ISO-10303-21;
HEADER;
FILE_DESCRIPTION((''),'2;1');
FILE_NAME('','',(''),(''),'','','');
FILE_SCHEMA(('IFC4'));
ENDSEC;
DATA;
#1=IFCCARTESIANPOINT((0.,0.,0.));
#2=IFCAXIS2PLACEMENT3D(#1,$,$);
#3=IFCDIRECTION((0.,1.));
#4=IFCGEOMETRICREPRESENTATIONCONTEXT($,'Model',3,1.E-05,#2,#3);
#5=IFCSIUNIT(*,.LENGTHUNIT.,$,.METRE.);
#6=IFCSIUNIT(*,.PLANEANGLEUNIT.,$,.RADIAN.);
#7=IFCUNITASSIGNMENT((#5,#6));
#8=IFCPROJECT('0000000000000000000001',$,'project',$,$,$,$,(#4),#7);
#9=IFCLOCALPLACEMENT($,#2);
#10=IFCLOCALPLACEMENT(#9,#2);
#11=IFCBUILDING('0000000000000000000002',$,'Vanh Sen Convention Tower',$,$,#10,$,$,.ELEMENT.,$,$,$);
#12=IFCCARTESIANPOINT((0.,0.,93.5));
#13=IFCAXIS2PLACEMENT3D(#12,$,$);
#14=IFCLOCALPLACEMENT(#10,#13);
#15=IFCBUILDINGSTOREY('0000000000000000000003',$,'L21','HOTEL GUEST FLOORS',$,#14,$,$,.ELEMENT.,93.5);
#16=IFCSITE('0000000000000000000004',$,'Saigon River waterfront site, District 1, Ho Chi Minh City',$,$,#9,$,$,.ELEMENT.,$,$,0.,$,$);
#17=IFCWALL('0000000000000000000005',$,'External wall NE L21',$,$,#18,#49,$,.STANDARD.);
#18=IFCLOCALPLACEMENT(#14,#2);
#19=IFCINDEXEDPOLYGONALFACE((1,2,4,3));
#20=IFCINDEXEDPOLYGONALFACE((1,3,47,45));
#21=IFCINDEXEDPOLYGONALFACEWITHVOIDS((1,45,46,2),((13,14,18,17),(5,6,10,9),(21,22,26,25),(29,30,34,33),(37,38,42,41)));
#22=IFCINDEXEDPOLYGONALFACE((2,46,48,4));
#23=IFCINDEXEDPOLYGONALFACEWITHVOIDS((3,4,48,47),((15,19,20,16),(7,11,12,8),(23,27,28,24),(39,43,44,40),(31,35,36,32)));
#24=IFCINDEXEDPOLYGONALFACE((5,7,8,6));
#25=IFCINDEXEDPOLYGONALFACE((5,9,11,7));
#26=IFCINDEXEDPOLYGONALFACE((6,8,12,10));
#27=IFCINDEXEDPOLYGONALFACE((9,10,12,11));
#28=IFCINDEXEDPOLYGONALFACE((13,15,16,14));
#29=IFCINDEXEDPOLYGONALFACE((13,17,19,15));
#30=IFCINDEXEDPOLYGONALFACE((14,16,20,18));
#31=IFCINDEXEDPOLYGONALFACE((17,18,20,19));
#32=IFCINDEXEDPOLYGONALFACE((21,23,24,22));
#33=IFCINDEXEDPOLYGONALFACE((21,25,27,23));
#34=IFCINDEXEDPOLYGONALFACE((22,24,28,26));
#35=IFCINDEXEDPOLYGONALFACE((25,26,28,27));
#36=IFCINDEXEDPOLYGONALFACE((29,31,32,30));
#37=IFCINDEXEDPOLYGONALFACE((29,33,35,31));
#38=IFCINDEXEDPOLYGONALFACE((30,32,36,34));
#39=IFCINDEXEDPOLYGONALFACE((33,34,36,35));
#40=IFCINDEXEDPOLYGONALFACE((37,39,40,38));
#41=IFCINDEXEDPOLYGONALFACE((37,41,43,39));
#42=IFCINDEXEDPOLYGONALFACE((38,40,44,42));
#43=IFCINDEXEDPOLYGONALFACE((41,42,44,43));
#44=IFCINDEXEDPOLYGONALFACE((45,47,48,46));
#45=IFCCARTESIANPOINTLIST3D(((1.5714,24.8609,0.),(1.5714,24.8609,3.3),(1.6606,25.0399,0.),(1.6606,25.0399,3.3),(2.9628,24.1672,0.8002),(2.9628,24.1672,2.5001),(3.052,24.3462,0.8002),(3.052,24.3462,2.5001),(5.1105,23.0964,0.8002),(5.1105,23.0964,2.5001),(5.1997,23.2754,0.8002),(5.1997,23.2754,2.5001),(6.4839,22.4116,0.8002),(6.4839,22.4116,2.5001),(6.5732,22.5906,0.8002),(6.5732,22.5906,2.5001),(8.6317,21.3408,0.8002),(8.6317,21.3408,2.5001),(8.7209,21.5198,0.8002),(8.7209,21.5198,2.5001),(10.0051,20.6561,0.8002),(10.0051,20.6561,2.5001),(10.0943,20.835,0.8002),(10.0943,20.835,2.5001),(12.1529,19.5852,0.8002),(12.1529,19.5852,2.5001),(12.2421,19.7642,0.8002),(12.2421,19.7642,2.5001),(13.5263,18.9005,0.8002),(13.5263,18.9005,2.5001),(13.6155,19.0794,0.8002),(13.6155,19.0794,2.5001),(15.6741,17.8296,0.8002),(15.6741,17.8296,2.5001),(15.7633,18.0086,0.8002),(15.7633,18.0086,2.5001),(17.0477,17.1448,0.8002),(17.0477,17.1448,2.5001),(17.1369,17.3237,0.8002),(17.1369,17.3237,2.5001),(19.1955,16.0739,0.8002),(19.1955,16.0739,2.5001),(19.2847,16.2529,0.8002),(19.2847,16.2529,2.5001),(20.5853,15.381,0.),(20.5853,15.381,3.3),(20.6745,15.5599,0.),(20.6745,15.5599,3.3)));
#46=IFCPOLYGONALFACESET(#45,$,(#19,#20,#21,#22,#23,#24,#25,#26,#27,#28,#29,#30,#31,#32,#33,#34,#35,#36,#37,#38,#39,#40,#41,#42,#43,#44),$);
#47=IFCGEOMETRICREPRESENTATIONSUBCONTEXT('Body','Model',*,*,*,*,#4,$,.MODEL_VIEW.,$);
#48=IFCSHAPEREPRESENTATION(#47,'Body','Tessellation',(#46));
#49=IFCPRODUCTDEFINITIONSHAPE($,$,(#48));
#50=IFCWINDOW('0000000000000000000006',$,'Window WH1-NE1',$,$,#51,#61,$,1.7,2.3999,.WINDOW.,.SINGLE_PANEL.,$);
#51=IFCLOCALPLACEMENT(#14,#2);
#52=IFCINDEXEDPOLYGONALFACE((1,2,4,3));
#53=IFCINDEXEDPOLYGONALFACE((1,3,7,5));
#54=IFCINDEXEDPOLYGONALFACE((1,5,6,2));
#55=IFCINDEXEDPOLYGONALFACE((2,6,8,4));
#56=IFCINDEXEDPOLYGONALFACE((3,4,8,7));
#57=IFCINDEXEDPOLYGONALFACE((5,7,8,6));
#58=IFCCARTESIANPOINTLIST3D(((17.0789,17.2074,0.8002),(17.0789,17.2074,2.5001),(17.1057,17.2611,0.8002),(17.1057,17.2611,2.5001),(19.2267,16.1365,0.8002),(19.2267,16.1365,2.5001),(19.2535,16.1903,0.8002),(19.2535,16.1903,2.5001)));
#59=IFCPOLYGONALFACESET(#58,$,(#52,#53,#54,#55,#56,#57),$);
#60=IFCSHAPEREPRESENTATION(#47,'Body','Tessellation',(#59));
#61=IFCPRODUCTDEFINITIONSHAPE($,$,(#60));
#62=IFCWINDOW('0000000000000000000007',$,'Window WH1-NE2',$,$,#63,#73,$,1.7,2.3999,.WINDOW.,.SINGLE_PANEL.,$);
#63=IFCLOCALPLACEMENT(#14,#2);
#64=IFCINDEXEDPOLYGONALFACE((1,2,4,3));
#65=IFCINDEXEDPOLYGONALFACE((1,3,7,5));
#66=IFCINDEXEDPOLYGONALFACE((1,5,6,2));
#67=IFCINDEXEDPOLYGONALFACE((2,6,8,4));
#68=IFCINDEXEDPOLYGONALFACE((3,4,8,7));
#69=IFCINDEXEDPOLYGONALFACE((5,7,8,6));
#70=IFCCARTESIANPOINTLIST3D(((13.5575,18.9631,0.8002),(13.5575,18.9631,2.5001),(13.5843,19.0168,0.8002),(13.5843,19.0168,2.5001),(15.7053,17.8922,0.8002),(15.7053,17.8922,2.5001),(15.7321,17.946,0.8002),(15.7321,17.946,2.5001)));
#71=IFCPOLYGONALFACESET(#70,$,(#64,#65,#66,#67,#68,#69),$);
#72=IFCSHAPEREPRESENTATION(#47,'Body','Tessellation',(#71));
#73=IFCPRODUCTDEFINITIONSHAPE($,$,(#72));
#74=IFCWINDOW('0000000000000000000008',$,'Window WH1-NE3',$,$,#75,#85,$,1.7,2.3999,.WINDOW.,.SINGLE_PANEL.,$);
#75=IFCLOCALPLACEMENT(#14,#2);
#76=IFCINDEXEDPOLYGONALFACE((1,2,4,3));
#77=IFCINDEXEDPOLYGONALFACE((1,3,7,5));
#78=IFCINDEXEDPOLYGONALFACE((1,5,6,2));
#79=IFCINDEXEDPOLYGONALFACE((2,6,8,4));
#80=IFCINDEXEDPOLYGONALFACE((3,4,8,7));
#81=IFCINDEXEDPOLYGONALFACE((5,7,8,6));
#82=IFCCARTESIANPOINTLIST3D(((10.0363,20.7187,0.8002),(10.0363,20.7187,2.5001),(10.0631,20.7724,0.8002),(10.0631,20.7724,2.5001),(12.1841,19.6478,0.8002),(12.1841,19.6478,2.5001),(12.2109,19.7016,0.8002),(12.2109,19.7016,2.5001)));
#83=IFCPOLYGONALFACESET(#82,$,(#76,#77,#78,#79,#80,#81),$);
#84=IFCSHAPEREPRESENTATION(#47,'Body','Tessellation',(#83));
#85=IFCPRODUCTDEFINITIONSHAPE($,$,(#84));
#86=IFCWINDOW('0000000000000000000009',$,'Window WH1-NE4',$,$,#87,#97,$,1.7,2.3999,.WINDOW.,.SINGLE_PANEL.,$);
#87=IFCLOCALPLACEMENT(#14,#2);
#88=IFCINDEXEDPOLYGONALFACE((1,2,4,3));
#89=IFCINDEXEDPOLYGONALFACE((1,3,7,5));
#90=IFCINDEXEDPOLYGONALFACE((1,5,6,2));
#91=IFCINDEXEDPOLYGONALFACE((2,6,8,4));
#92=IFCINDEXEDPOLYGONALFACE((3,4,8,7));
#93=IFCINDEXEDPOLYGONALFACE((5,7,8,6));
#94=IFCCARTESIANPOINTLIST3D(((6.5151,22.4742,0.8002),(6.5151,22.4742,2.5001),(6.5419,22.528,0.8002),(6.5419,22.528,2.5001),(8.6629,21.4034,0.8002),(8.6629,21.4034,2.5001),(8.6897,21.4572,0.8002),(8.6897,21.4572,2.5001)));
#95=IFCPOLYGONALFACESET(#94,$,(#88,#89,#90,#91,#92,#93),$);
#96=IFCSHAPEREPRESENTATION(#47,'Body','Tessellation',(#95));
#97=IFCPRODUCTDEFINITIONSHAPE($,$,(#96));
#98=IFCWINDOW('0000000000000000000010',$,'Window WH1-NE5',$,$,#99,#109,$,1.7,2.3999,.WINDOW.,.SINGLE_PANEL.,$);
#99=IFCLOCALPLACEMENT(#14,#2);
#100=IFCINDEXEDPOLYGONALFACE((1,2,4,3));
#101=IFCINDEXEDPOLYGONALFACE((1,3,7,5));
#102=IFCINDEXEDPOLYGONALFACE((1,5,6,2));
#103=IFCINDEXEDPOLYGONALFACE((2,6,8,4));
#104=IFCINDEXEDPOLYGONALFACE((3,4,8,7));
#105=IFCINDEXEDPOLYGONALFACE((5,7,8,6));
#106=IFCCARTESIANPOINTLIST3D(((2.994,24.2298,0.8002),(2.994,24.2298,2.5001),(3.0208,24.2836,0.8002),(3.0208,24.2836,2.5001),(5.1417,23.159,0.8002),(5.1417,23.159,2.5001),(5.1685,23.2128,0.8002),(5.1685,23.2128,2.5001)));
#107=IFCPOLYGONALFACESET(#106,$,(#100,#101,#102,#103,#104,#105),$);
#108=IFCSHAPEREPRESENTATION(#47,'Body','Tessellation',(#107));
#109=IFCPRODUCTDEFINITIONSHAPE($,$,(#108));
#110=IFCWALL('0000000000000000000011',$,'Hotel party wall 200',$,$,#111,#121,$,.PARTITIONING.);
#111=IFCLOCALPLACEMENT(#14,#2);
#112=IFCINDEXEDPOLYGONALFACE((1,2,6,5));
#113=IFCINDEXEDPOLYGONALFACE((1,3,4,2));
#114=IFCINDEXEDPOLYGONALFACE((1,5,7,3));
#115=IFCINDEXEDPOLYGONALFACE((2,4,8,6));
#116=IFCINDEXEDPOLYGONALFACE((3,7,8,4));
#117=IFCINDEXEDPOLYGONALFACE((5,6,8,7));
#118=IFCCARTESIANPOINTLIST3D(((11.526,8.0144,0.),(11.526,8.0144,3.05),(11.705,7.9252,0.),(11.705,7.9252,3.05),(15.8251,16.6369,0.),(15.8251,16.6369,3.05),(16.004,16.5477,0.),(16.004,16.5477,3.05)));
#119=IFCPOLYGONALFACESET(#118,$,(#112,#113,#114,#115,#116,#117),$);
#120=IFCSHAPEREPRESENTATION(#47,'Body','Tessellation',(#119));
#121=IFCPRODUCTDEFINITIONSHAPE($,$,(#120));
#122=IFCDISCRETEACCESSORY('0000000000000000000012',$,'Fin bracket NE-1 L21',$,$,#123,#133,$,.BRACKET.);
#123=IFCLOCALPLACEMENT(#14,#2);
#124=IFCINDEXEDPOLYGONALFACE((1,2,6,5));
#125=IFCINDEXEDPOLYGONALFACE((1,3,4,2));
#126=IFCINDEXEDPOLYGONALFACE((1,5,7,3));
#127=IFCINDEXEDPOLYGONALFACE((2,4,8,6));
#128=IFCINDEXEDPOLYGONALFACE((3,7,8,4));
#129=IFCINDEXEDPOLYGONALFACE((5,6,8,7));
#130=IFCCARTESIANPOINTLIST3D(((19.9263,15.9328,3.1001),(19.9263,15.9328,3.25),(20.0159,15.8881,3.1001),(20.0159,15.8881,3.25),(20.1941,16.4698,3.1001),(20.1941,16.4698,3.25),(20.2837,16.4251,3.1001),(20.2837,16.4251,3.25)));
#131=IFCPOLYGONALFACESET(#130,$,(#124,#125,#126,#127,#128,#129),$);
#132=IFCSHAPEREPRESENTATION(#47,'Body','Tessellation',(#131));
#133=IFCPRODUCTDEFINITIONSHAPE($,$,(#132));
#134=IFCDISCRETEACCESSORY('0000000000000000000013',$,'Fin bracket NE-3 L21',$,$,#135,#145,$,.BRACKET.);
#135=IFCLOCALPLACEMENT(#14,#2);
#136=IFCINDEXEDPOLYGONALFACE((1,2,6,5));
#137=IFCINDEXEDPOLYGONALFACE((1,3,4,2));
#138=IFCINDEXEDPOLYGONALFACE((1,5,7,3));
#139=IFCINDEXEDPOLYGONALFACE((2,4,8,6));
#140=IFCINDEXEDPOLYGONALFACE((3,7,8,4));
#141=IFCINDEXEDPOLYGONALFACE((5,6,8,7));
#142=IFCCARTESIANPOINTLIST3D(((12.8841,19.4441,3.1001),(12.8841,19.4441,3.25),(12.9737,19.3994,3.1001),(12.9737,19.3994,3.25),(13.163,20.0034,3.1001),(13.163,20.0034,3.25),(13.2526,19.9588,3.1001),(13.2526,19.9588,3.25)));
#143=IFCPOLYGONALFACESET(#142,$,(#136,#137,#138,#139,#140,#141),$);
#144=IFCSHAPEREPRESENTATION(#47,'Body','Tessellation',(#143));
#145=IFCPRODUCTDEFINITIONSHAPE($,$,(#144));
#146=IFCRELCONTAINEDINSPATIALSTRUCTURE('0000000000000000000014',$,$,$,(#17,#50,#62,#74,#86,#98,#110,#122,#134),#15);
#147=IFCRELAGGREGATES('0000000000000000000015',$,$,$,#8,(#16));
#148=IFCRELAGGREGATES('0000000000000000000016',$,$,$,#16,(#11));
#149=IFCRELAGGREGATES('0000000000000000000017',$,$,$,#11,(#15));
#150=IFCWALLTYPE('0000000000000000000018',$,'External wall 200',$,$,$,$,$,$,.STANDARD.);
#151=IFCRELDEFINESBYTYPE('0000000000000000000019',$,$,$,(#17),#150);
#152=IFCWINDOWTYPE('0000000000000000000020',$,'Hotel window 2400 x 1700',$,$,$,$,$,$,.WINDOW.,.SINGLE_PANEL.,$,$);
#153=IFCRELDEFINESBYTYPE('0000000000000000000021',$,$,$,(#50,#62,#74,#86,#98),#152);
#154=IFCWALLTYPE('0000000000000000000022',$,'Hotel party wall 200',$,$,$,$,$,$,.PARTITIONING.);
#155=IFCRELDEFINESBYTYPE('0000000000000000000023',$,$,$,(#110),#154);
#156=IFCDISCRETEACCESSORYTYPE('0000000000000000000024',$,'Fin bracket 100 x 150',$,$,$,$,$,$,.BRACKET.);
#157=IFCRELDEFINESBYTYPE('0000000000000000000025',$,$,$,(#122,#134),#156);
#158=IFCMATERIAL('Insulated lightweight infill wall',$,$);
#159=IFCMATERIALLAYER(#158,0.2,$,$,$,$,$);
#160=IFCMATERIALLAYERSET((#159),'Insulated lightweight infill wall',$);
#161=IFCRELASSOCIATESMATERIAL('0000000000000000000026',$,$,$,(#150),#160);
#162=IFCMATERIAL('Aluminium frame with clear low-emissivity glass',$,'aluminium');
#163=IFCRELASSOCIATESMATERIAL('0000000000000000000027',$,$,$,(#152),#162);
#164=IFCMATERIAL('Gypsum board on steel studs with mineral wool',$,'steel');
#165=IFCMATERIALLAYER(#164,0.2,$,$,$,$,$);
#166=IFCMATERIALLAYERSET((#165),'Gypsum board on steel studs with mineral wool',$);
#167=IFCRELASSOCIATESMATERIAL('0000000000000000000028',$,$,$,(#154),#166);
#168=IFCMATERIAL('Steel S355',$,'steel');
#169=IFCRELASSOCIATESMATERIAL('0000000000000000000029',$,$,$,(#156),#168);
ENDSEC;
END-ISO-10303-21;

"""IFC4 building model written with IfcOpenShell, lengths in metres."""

from ifc_helpers import new_model, si_unit, direction, frame, frame_2d, origin, origin_2d, place, context, subcontext, project, spatial, rectangle, extrude, material, layer, layer_set, type_object, element, fill, save


model = new_model("IFC4")

# Units and contexts
model_context = context("Model", 3, precision=1e-05, world=origin(), true_north=direction((0.0, 1.0)))
body_context = subcontext(model_context, "Body", "Model", "MODEL_VIEW")
ifc_project = project(units=[si_unit("LENGTHUNIT", "METRE"), si_unit("PLANEANGLEUNIT", "RADIAN")], contexts=[model_context])

# Site, building, storey
site_placement = place(None, origin())
site = spatial("IfcSite", under=ifc_project, at=site_placement, Name="Saigon River waterfront site, District 1, Ho Chi Minh City", CompositionType="ELEMENT", RefElevation=0.0)
building_placement = place(site_placement, origin())
building = spatial("IfcBuilding", under=site, at=building_placement, Name="Vanh Sen Convention Tower", CompositionType="ELEMENT")
storey_placement = place(building_placement, frame((0.0, 0.0, 93.5)))
storey = spatial("IfcBuildingStorey", under=building, at=storey_placement, Name="L21", Description="HOTEL GUEST FLOORS", CompositionType="ELEMENT", Elevation=93.5)

# Shared definitions
ifc_material_1 = material(Name="Insulated lightweight infill wall")
ifc_layer_1 = layer(ifc_material_1, 0.2)
ifc_layer_set_1 = layer_set([ifc_layer_1], Name="Insulated lightweight infill wall")
wall_type_1 = type_object("IfcWallType", Name="External wall 200", PredefinedType="STANDARD", material=ifc_layer_set_1)
ifc_material_2 = material(Name="Aluminium frame with clear low-emissivity glass", Category="aluminium")

# Wall, openings, windows
wall_1_placement = place(storey_placement, frame((20.6299, 15.4705, 0.0), z_axis=(0.0, 0.0, 1.0), x_axis=(-0.894935, 0.446197, 0.0)))
wall_1 = element("IfcWall", 1, at=wall_1_placement, inside=storey, type_object=wall_type_1, Name="External wall NE L21", PredefinedType="STANDARD", context=body_context, shape_type="SweptSolid", body=[
    extrude(rectangle(XDim=21.2461, YDim=0.2, at=frame_2d((10.623, 0.0))), origin(), (0.0, 0.0, 1.0), 3.3),
])
opening_1_placement = place(wall_1_placement, frame((1.553, 0.0, 0.8)))
opening_1 = element("IfcOpeningElement", 2, at=opening_1_placement, cuts=wall_1, PredefinedType="OPENING", context=body_context, shape_type="SweptSolid", body=[
    extrude(rectangle(XDim=2.3999, YDim=1.7, at=frame_2d((1.2, 0.8501))), frame((0.0, 0.1099, 0.0), z_axis=(0.0, -1.0, 0.0), x_axis=(1.0, 0.0, 0.0)), (0.0, 0.0, 1.0), 0.22),
])
opening_2_placement = place(wall_1_placement, frame((5.4878, 0.0, 0.8)))
opening_2 = element("IfcOpeningElement", 3, at=opening_2_placement, cuts=wall_1, PredefinedType="OPENING", context=body_context, shape_type="SweptSolid", body=[
    extrude(rectangle(XDim=2.3999, YDim=1.7, at=frame_2d((1.2, 0.8501))), frame((0.0, 0.1099, 0.0), z_axis=(0.0, -1.0, 0.0), x_axis=(1.0, 0.0, 0.0)), (0.0, 0.0, 1.0), 0.22),
])
opening_3_placement = place(wall_1_placement, frame((9.4224, 0.0, 0.8)))
opening_3 = element("IfcOpeningElement", 4, at=opening_3_placement, cuts=wall_1, PredefinedType="OPENING", context=body_context, shape_type="SweptSolid", body=[
    extrude(rectangle(XDim=2.3999, YDim=1.7, at=frame_2d((1.2, 0.8501))), frame((0.0, 0.1099, 0.0), z_axis=(0.0, -1.0, 0.0), x_axis=(1.0, 0.0, 0.0)), (0.0, 0.0, 1.0), 0.22),
])
opening_4_placement = place(wall_1_placement, frame((13.3569, 0.0, 0.8)))
opening_4 = element("IfcOpeningElement", 5, at=opening_4_placement, cuts=wall_1, PredefinedType="OPENING", context=body_context, shape_type="SweptSolid", body=[
    extrude(rectangle(XDim=2.3999, YDim=1.7, at=frame_2d((1.2, 0.8501))), frame((0.0, 0.1099, 0.0), z_axis=(0.0, -1.0, 0.0), x_axis=(1.0, 0.0, 0.0)), (0.0, 0.0, 1.0), 0.22),
])
opening_5_placement = place(wall_1_placement, frame((17.2915, 0.0, 0.8)))
opening_5 = element("IfcOpeningElement", 6, at=opening_5_placement, cuts=wall_1, PredefinedType="OPENING", context=body_context, shape_type="SweptSolid", body=[
    extrude(rectangle(XDim=2.3999, YDim=1.7, at=frame_2d((1.2, 0.8501))), frame((0.0, 0.1099, 0.0), z_axis=(0.0, -1.0, 0.0), x_axis=(1.0, 0.0, 0.0)), (0.0, 0.0, 1.0), 0.22),
])
window_type_1 = type_object("IfcWindowType", Name="Hotel window 2400 x 1700", PartitioningType="SINGLE_PANEL", PredefinedType="WINDOW", material=ifc_material_2)
window_1_placement = place(opening_1_placement, origin())
window_1 = element("IfcWindow", 7, at=window_1_placement, inside=storey, type_object=window_type_1, Name="Window WH1-NE1", OverallHeight=1.7, OverallWidth=2.3999, PartitioningType="SINGLE_PANEL", PredefinedType="WINDOW", context=body_context, shape_type="SweptSolid", body=[
    extrude(rectangle(XDim=2.3999, YDim=1.7, at=frame_2d((1.2, 0.8501))), frame((0.0, 0.03, 0.0), z_axis=(0.0, -1.0, 0.0), x_axis=(1.0, 0.0, 0.0)), (0.0, 0.0, 1.0), 0.0601),
])
fill(opening_1, window_1)
window_2_placement = place(opening_2_placement, origin())
window_2 = element("IfcWindow", 8, at=window_2_placement, inside=storey, type_object=window_type_1, Name="Window WH1-NE2", OverallHeight=1.7, OverallWidth=2.3999, PartitioningType="SINGLE_PANEL", PredefinedType="WINDOW", context=body_context, shape_type="SweptSolid", body=[
    extrude(rectangle(XDim=2.3999, YDim=1.7, at=frame_2d((1.2, 0.8501))), frame((0.0, 0.03, 0.0), z_axis=(0.0, -1.0, 0.0), x_axis=(1.0, 0.0, 0.0)), (0.0, 0.0, 1.0), 0.0601),
])
fill(opening_2, window_2)
window_3_placement = place(opening_3_placement, origin())
window_3 = element("IfcWindow", 9, at=window_3_placement, inside=storey, type_object=window_type_1, Name="Window WH1-NE3", OverallHeight=1.7, OverallWidth=2.3999, PartitioningType="SINGLE_PANEL", PredefinedType="WINDOW", context=body_context, shape_type="SweptSolid", body=[
    extrude(rectangle(XDim=2.3999, YDim=1.7, at=frame_2d((1.2, 0.8501))), frame((0.0, 0.03, 0.0), z_axis=(0.0, -1.0, 0.0), x_axis=(1.0, 0.0, 0.0)), (0.0, 0.0, 1.0), 0.0601),
])
fill(opening_3, window_3)
window_4_placement = place(opening_4_placement, origin())
window_4 = element("IfcWindow", 10, at=window_4_placement, inside=storey, type_object=window_type_1, Name="Window WH1-NE4", OverallHeight=1.7, OverallWidth=2.3999, PartitioningType="SINGLE_PANEL", PredefinedType="WINDOW", context=body_context, shape_type="SweptSolid", body=[
    extrude(rectangle(XDim=2.3999, YDim=1.7, at=frame_2d((1.2, 0.8501))), frame((0.0, 0.03, 0.0), z_axis=(0.0, -1.0, 0.0), x_axis=(1.0, 0.0, 0.0)), (0.0, 0.0, 1.0), 0.0601),
])
fill(opening_4, window_4)
window_5_placement = place(opening_5_placement, origin())
window_5 = element("IfcWindow", 11, at=window_5_placement, inside=storey, type_object=window_type_1, Name="Window WH1-NE5", OverallHeight=1.7, OverallWidth=2.3999, PartitioningType="SINGLE_PANEL", PredefinedType="WINDOW", context=body_context, shape_type="SweptSolid", body=[
    extrude(rectangle(XDim=2.3999, YDim=1.7, at=frame_2d((1.2, 0.8501))), frame((0.0, 0.03, 0.0), z_axis=(0.0, -1.0, 0.0), x_axis=(1.0, 0.0, 0.0)), (0.0, 0.0, 1.0), 0.0601),
])
fill(opening_5, window_5)

# Wall
ifc_material_3 = material(Name="Gypsum board on steel studs with mineral wool", Category="steel")
ifc_layer_2 = layer(ifc_material_3, 0.2)
ifc_layer_set_2 = layer_set([ifc_layer_2], Name="Gypsum board on steel studs with mineral wool")
wall_type_2 = type_object("IfcWallType", Name="Hotel party wall 200", PredefinedType="PARTITIONING", material=ifc_layer_set_2)
wall_2_placement = place(storey_placement, frame((15.9146, 16.5923, 0.0), z_axis=(0.0, 0.0, 1.0), x_axis=(-0.4462, -0.894933, 0.0)))
element("IfcWall", 12, at=wall_2_placement, inside=storey, type_object=wall_type_2, Name="Hotel party wall 200", PredefinedType="PARTITIONING", context=body_context, shape_type="SweptSolid", body=[
    extrude(rectangle(XDim=9.6348, YDim=0.2, at=frame_2d((4.8174, 0.0))), origin(), (0.0, 0.0, 1.0), 3.05),
])

# Discrete accessories
ifc_material_4 = material(Name="Steel S355", Category="steel")
discrete_accessory_type = type_object("IfcDiscreteAccessoryType", Name="Fin bracket 100 x 150", PredefinedType="BRACKET", material=ifc_material_4)
discrete_accessory_1_placement = place(storey_placement, frame((20.105, 16.179, 3.1001), z_axis=(0.0, 0.0, 1.0), x_axis=(0.446198, 0.894934, 0.0)))
element("IfcDiscreteAccessory", 13, at=discrete_accessory_1_placement, inside=storey, type_object=discrete_accessory_type, Name="Fin bracket NE-1 L21", PredefinedType="BRACKET", context=body_context, shape_type="SweptSolid", body=[
    extrude(rectangle(XDim=0.6001, YDim=0.1001, at=origin_2d()), origin(), (0.0, 0.0, 1.0), 0.1499),
])
discrete_accessory_2_placement = place(storey_placement, frame((13.0684, 19.7014, 3.1001), z_axis=(0.0, 0.0, 1.0), x_axis=(0.446198, 0.894934, 0.0)))
element("IfcDiscreteAccessory", 14, at=discrete_accessory_2_placement, inside=storey, type_object=discrete_accessory_type, Name="Fin bracket NE-3 L21", PredefinedType="BRACKET", context=body_context, shape_type="SweptSolid", body=[
    extrude(rectangle(XDim=0.625, YDim=0.1001, at=origin_2d()), origin(), (0.0, 0.0, 1.0), 0.1499),
])

save(model, "model.ifc")
